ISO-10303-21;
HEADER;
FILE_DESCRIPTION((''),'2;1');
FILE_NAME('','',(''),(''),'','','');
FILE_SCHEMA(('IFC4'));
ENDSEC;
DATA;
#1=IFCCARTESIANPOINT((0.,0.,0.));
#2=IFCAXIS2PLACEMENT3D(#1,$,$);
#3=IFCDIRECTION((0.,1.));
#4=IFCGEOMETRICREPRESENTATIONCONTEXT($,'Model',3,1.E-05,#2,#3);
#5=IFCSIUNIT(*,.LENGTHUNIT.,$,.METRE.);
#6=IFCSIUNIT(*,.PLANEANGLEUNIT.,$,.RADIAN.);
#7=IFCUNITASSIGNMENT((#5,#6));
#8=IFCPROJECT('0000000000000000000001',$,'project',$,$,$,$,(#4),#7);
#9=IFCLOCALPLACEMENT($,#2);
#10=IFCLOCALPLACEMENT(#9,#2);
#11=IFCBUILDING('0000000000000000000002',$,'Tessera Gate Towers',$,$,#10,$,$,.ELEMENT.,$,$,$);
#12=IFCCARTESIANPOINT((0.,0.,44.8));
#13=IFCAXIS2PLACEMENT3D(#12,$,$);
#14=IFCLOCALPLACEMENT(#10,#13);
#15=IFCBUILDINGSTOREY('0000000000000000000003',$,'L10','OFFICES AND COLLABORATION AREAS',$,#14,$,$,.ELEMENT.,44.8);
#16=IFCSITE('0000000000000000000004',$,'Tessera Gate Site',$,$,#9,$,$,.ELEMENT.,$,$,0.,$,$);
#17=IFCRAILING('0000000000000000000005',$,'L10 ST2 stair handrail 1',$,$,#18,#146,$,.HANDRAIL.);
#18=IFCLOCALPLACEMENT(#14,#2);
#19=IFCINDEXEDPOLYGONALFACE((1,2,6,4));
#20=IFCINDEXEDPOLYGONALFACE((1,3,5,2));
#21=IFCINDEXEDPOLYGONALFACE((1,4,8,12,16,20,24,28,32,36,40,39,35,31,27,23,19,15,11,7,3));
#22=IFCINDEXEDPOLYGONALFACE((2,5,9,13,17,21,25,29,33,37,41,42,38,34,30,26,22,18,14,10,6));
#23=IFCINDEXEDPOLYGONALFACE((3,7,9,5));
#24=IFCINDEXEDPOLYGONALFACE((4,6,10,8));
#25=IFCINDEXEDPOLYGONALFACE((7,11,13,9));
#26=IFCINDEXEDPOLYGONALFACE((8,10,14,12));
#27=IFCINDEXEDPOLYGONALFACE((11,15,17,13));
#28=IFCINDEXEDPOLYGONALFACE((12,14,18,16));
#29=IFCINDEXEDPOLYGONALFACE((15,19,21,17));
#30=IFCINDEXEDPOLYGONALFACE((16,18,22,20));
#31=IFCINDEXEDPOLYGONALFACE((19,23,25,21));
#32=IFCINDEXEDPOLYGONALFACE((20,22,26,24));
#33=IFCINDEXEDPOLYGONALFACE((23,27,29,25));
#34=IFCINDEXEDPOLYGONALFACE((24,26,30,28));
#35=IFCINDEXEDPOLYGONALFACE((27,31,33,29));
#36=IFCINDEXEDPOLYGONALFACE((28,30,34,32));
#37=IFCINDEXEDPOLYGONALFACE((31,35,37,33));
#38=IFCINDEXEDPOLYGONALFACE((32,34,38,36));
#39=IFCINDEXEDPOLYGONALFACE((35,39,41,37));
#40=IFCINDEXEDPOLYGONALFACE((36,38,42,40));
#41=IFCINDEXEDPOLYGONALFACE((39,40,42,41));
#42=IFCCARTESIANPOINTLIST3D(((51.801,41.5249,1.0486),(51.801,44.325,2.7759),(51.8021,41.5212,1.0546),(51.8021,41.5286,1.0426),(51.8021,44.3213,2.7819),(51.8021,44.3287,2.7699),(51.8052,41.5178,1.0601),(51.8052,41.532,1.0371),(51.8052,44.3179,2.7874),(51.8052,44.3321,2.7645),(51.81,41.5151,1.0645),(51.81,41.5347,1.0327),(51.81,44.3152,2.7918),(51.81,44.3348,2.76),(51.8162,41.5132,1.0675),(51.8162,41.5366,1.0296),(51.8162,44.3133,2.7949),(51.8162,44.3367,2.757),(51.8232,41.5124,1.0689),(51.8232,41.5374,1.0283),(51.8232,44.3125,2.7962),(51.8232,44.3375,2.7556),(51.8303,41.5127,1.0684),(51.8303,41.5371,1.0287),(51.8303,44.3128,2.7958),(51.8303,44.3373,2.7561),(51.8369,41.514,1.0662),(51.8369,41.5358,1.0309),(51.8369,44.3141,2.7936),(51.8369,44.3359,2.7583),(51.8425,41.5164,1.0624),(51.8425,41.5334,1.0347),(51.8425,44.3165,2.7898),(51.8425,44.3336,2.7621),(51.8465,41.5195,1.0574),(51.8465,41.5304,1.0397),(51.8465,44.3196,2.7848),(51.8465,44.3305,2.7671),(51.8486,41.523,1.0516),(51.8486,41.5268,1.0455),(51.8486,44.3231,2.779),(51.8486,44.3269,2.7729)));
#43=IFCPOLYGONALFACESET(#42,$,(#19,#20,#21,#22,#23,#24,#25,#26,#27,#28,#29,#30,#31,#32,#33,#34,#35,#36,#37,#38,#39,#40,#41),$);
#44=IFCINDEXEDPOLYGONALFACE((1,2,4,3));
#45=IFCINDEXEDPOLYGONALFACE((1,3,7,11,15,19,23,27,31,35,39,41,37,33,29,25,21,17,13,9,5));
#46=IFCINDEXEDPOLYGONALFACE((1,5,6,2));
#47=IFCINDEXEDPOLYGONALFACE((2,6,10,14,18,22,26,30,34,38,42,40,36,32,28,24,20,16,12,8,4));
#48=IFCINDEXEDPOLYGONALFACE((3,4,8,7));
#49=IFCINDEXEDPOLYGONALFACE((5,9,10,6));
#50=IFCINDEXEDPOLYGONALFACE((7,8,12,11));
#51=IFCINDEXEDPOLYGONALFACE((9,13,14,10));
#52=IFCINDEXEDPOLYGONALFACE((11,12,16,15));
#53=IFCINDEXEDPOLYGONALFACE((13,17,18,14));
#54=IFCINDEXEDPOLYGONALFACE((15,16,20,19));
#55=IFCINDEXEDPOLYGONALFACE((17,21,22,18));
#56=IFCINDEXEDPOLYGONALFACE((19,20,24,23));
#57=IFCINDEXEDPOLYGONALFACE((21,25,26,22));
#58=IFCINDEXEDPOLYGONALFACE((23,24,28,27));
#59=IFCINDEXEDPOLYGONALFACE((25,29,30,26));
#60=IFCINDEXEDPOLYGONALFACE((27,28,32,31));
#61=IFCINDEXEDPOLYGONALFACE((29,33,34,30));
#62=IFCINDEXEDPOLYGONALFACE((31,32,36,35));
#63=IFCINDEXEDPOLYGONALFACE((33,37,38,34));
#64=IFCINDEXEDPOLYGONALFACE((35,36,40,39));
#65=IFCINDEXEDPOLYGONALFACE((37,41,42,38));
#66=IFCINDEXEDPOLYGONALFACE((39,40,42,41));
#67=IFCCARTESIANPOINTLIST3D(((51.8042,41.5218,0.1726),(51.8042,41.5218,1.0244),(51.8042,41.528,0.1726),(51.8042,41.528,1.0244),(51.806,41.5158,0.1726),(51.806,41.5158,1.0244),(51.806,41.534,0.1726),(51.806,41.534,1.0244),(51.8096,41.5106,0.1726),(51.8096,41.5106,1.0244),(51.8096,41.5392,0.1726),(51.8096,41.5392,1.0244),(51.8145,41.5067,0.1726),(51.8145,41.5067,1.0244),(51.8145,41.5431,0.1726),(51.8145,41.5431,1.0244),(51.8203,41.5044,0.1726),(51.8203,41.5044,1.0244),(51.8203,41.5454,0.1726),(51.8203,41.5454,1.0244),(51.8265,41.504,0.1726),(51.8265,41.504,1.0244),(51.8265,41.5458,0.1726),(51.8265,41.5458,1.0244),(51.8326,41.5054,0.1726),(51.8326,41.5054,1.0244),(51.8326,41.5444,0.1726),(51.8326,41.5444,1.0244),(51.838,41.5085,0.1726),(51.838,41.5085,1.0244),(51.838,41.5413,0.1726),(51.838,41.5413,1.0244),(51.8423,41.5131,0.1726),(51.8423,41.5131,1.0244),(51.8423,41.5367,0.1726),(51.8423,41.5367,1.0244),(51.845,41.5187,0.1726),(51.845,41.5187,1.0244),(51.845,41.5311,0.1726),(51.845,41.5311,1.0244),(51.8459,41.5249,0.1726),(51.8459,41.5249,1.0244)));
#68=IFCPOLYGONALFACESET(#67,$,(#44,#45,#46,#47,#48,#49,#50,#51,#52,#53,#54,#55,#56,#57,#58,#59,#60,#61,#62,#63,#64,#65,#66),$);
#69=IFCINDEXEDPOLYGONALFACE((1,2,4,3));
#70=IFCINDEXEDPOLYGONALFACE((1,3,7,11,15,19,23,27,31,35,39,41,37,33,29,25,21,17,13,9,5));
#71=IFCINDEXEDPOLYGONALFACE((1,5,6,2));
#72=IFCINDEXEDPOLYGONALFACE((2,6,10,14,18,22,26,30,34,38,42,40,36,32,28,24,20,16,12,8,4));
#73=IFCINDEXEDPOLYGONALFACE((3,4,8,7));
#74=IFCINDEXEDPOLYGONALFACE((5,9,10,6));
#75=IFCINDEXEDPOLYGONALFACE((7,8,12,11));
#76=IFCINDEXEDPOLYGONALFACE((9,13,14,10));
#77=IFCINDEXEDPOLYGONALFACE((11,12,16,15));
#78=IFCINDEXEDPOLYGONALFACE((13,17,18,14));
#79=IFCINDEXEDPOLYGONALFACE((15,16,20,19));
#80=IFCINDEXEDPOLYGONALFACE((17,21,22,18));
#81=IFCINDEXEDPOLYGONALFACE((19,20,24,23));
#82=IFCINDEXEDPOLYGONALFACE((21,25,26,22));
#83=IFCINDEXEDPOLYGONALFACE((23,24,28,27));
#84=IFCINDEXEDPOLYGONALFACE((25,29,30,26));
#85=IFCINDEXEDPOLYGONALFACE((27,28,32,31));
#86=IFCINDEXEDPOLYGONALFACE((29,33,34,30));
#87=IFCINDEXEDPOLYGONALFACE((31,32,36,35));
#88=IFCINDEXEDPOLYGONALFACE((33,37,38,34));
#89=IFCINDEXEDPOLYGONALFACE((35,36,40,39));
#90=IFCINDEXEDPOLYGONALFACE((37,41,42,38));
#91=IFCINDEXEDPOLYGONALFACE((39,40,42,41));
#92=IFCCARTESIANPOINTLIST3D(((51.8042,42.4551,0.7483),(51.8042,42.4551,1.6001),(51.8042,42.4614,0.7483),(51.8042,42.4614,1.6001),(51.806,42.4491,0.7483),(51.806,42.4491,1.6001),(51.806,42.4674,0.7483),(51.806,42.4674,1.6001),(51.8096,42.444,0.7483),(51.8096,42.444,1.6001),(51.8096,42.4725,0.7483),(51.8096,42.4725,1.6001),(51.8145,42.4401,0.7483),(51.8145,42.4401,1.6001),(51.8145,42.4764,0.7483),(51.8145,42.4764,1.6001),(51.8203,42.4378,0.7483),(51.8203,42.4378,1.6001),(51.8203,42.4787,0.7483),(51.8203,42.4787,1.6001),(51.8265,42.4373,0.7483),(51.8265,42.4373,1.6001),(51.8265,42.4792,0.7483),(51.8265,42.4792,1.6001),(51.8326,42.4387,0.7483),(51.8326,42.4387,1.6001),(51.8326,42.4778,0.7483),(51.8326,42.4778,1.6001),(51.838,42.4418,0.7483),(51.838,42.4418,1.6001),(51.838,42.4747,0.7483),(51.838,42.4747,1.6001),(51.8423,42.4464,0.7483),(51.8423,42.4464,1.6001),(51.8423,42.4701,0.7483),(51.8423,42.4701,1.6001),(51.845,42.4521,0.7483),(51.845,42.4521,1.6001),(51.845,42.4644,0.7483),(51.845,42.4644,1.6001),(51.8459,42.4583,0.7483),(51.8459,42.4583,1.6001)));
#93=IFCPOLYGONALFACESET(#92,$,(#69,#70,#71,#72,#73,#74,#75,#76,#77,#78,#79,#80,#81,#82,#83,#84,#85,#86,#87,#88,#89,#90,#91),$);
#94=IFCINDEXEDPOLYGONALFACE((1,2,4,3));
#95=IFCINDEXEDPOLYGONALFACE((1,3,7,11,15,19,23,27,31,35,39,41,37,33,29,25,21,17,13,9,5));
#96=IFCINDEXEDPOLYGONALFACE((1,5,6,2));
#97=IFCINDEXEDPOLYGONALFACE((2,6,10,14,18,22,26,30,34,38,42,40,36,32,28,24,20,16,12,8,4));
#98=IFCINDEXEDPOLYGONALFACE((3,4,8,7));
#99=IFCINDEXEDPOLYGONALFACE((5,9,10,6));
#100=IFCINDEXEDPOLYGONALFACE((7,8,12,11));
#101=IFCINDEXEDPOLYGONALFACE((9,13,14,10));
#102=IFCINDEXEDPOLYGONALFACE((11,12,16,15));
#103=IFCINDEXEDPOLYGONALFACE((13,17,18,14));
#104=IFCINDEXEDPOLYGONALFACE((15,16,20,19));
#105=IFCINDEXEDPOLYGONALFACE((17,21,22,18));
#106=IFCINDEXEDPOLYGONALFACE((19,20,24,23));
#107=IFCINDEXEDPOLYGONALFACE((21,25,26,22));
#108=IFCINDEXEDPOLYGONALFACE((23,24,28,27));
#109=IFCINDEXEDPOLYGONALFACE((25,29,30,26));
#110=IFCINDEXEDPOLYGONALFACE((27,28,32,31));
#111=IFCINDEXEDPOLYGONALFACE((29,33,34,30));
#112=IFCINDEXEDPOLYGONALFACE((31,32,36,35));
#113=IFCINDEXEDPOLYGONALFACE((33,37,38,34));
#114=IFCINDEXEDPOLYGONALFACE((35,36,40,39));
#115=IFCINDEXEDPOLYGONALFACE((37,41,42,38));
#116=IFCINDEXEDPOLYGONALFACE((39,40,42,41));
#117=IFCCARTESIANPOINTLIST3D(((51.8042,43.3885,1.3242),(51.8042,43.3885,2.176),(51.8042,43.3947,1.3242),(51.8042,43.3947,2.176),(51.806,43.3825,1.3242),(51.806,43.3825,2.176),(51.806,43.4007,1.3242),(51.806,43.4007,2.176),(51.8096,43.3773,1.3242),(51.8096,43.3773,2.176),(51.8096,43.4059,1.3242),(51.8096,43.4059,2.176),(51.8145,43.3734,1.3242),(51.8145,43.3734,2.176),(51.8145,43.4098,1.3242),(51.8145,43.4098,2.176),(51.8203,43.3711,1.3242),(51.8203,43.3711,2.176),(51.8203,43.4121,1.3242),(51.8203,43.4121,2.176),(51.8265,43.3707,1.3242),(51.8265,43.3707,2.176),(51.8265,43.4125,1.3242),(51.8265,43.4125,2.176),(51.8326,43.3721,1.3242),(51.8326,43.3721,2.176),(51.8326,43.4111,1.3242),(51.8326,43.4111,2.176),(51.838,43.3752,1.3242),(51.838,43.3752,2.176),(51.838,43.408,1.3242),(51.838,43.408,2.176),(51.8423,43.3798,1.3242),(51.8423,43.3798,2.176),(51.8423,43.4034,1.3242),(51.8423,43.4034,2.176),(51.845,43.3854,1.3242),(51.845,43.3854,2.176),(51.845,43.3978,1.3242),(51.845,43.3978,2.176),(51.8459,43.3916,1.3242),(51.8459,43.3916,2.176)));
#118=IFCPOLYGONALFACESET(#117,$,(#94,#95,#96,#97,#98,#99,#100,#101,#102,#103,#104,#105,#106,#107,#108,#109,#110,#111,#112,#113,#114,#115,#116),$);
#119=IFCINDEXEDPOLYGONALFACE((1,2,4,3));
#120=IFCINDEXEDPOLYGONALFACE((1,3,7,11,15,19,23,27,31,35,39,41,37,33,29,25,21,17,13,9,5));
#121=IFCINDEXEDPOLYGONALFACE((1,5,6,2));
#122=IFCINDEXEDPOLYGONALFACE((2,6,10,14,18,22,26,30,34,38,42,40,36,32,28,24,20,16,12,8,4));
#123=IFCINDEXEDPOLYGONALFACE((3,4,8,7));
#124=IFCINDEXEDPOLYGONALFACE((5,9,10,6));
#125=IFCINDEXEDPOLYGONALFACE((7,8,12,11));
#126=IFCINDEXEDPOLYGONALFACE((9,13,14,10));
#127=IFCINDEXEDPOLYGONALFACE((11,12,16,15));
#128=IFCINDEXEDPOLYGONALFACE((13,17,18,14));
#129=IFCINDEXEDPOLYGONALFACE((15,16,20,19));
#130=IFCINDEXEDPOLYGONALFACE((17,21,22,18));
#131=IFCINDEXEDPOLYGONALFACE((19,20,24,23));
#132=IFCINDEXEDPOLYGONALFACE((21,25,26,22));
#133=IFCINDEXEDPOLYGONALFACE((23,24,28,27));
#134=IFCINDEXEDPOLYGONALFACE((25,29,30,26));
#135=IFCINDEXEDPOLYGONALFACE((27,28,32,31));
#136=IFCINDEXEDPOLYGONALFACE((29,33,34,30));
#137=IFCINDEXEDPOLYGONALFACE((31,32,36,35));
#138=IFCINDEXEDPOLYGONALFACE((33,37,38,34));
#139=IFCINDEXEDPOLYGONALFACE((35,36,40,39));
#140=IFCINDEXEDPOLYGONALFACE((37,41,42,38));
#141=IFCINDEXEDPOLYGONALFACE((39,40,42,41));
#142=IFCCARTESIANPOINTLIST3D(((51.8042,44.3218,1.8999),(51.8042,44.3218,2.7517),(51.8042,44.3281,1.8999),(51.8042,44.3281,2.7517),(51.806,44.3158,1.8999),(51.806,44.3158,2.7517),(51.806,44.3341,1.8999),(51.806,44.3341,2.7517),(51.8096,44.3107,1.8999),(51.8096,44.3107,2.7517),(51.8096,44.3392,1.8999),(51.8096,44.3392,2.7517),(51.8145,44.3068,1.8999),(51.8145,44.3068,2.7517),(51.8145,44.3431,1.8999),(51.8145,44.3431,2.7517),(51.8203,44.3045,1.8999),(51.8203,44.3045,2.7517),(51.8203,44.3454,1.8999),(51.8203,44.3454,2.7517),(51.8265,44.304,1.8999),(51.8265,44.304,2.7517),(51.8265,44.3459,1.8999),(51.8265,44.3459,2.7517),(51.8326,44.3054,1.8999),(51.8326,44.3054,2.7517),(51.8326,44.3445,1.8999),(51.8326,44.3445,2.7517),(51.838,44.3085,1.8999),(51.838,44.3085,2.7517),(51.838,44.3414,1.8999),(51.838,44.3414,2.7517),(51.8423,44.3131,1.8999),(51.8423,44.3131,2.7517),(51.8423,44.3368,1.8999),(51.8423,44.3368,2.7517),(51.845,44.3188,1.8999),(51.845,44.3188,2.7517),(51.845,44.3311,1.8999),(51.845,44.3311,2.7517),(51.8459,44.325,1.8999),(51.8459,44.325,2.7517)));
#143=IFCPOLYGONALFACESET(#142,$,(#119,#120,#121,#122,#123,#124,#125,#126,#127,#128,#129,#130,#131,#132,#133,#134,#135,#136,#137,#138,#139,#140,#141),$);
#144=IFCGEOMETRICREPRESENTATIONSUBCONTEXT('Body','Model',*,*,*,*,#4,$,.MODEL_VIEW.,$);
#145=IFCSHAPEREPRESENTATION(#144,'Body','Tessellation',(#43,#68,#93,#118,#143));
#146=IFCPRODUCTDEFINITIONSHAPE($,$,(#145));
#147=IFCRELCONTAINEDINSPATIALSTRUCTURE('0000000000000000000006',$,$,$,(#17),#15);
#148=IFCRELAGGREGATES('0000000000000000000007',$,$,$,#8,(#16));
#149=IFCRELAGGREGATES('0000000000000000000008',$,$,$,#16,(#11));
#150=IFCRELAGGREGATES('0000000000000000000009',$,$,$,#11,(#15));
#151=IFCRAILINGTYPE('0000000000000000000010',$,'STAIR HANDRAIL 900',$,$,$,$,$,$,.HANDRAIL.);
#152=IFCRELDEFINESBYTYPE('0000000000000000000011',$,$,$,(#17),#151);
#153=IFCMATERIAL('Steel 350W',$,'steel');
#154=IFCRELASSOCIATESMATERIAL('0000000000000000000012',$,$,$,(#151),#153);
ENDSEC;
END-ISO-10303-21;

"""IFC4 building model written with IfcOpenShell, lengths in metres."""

from ifc_helpers import new_model, si_unit, direction, frame, origin, origin_2d, place, context, subcontext, project, spatial, circle, extrude, material, type_object, element, save


model = new_model("IFC4")

# Units and contexts
model_context = context("Model", 3, precision=1e-05, world=origin(), true_north=direction((0.0, 1.0)))
body_context = subcontext(model_context, "Body", "Model", "MODEL_VIEW")
ifc_project = project(units=[si_unit("LENGTHUNIT", "METRE"), si_unit("PLANEANGLEUNIT", "RADIAN")], contexts=[model_context])

# Site, building, storey
site_placement = place(None, origin())
site = spatial("IfcSite", under=ifc_project, at=site_placement, Name="Tessera Gate Site", CompositionType="ELEMENT", RefElevation=0.0)
building_placement = place(site_placement, origin())
building = spatial("IfcBuilding", under=site, at=building_placement, Name="Tessera Gate Towers", CompositionType="ELEMENT")
storey_placement = place(building_placement, frame((0.0, 0.0, 44.8)))
storey = spatial("IfcBuildingStorey", under=building, at=storey_placement, Name="L10", Description="OFFICES AND COLLABORATION AREAS", CompositionType="ELEMENT", Elevation=44.8)

# Railing
ifc_material_1 = material(Name="Steel 350W", Category="steel")
railing_type_1 = type_object("IfcRailingType", Name="STAIR HANDRAIL 900", PredefinedType="HANDRAIL", material=ifc_material_1)
railing_1_placement = place(storey_placement, frame((51.825, 41.5249, 0.1726)))
element("IfcRailing", 1, at=railing_1_placement, inside=storey, type_object=railing_type_1, Name="L10 ST2 stair handrail 1", PredefinedType="HANDRAIL", context=body_context, shape_type="SweptSolid", body=[
    extrude(circle(Radius=0.0239, at=origin_2d()), frame((0.0, 0.0, 0.876), z_axis=(0.0, 0.85109, 0.52502), x_axis=(-1.0, 0.0, 0.0)), (0.0, 0.0, 1.0), 3.29),
    extrude(circle(Radius=0.021, at=origin_2d()), origin(), (0.0, 0.0, 1.0), 0.8518),
    extrude(circle(Radius=0.021, at=origin_2d()), frame((0.0, 0.9333, 0.5757)), (0.0, 0.0, 1.0), 0.8518),
    extrude(circle(Radius=0.021, at=origin_2d()), frame((0.0, 1.8667, 1.1516)), (0.0, 0.0, 1.0), 0.8518),
    extrude(circle(Radius=0.021, at=origin_2d()), frame((0.0, 2.8, 1.7273)), (0.0, 0.0, 1.0), 0.8518),
])

save(model, "model.ifc")
